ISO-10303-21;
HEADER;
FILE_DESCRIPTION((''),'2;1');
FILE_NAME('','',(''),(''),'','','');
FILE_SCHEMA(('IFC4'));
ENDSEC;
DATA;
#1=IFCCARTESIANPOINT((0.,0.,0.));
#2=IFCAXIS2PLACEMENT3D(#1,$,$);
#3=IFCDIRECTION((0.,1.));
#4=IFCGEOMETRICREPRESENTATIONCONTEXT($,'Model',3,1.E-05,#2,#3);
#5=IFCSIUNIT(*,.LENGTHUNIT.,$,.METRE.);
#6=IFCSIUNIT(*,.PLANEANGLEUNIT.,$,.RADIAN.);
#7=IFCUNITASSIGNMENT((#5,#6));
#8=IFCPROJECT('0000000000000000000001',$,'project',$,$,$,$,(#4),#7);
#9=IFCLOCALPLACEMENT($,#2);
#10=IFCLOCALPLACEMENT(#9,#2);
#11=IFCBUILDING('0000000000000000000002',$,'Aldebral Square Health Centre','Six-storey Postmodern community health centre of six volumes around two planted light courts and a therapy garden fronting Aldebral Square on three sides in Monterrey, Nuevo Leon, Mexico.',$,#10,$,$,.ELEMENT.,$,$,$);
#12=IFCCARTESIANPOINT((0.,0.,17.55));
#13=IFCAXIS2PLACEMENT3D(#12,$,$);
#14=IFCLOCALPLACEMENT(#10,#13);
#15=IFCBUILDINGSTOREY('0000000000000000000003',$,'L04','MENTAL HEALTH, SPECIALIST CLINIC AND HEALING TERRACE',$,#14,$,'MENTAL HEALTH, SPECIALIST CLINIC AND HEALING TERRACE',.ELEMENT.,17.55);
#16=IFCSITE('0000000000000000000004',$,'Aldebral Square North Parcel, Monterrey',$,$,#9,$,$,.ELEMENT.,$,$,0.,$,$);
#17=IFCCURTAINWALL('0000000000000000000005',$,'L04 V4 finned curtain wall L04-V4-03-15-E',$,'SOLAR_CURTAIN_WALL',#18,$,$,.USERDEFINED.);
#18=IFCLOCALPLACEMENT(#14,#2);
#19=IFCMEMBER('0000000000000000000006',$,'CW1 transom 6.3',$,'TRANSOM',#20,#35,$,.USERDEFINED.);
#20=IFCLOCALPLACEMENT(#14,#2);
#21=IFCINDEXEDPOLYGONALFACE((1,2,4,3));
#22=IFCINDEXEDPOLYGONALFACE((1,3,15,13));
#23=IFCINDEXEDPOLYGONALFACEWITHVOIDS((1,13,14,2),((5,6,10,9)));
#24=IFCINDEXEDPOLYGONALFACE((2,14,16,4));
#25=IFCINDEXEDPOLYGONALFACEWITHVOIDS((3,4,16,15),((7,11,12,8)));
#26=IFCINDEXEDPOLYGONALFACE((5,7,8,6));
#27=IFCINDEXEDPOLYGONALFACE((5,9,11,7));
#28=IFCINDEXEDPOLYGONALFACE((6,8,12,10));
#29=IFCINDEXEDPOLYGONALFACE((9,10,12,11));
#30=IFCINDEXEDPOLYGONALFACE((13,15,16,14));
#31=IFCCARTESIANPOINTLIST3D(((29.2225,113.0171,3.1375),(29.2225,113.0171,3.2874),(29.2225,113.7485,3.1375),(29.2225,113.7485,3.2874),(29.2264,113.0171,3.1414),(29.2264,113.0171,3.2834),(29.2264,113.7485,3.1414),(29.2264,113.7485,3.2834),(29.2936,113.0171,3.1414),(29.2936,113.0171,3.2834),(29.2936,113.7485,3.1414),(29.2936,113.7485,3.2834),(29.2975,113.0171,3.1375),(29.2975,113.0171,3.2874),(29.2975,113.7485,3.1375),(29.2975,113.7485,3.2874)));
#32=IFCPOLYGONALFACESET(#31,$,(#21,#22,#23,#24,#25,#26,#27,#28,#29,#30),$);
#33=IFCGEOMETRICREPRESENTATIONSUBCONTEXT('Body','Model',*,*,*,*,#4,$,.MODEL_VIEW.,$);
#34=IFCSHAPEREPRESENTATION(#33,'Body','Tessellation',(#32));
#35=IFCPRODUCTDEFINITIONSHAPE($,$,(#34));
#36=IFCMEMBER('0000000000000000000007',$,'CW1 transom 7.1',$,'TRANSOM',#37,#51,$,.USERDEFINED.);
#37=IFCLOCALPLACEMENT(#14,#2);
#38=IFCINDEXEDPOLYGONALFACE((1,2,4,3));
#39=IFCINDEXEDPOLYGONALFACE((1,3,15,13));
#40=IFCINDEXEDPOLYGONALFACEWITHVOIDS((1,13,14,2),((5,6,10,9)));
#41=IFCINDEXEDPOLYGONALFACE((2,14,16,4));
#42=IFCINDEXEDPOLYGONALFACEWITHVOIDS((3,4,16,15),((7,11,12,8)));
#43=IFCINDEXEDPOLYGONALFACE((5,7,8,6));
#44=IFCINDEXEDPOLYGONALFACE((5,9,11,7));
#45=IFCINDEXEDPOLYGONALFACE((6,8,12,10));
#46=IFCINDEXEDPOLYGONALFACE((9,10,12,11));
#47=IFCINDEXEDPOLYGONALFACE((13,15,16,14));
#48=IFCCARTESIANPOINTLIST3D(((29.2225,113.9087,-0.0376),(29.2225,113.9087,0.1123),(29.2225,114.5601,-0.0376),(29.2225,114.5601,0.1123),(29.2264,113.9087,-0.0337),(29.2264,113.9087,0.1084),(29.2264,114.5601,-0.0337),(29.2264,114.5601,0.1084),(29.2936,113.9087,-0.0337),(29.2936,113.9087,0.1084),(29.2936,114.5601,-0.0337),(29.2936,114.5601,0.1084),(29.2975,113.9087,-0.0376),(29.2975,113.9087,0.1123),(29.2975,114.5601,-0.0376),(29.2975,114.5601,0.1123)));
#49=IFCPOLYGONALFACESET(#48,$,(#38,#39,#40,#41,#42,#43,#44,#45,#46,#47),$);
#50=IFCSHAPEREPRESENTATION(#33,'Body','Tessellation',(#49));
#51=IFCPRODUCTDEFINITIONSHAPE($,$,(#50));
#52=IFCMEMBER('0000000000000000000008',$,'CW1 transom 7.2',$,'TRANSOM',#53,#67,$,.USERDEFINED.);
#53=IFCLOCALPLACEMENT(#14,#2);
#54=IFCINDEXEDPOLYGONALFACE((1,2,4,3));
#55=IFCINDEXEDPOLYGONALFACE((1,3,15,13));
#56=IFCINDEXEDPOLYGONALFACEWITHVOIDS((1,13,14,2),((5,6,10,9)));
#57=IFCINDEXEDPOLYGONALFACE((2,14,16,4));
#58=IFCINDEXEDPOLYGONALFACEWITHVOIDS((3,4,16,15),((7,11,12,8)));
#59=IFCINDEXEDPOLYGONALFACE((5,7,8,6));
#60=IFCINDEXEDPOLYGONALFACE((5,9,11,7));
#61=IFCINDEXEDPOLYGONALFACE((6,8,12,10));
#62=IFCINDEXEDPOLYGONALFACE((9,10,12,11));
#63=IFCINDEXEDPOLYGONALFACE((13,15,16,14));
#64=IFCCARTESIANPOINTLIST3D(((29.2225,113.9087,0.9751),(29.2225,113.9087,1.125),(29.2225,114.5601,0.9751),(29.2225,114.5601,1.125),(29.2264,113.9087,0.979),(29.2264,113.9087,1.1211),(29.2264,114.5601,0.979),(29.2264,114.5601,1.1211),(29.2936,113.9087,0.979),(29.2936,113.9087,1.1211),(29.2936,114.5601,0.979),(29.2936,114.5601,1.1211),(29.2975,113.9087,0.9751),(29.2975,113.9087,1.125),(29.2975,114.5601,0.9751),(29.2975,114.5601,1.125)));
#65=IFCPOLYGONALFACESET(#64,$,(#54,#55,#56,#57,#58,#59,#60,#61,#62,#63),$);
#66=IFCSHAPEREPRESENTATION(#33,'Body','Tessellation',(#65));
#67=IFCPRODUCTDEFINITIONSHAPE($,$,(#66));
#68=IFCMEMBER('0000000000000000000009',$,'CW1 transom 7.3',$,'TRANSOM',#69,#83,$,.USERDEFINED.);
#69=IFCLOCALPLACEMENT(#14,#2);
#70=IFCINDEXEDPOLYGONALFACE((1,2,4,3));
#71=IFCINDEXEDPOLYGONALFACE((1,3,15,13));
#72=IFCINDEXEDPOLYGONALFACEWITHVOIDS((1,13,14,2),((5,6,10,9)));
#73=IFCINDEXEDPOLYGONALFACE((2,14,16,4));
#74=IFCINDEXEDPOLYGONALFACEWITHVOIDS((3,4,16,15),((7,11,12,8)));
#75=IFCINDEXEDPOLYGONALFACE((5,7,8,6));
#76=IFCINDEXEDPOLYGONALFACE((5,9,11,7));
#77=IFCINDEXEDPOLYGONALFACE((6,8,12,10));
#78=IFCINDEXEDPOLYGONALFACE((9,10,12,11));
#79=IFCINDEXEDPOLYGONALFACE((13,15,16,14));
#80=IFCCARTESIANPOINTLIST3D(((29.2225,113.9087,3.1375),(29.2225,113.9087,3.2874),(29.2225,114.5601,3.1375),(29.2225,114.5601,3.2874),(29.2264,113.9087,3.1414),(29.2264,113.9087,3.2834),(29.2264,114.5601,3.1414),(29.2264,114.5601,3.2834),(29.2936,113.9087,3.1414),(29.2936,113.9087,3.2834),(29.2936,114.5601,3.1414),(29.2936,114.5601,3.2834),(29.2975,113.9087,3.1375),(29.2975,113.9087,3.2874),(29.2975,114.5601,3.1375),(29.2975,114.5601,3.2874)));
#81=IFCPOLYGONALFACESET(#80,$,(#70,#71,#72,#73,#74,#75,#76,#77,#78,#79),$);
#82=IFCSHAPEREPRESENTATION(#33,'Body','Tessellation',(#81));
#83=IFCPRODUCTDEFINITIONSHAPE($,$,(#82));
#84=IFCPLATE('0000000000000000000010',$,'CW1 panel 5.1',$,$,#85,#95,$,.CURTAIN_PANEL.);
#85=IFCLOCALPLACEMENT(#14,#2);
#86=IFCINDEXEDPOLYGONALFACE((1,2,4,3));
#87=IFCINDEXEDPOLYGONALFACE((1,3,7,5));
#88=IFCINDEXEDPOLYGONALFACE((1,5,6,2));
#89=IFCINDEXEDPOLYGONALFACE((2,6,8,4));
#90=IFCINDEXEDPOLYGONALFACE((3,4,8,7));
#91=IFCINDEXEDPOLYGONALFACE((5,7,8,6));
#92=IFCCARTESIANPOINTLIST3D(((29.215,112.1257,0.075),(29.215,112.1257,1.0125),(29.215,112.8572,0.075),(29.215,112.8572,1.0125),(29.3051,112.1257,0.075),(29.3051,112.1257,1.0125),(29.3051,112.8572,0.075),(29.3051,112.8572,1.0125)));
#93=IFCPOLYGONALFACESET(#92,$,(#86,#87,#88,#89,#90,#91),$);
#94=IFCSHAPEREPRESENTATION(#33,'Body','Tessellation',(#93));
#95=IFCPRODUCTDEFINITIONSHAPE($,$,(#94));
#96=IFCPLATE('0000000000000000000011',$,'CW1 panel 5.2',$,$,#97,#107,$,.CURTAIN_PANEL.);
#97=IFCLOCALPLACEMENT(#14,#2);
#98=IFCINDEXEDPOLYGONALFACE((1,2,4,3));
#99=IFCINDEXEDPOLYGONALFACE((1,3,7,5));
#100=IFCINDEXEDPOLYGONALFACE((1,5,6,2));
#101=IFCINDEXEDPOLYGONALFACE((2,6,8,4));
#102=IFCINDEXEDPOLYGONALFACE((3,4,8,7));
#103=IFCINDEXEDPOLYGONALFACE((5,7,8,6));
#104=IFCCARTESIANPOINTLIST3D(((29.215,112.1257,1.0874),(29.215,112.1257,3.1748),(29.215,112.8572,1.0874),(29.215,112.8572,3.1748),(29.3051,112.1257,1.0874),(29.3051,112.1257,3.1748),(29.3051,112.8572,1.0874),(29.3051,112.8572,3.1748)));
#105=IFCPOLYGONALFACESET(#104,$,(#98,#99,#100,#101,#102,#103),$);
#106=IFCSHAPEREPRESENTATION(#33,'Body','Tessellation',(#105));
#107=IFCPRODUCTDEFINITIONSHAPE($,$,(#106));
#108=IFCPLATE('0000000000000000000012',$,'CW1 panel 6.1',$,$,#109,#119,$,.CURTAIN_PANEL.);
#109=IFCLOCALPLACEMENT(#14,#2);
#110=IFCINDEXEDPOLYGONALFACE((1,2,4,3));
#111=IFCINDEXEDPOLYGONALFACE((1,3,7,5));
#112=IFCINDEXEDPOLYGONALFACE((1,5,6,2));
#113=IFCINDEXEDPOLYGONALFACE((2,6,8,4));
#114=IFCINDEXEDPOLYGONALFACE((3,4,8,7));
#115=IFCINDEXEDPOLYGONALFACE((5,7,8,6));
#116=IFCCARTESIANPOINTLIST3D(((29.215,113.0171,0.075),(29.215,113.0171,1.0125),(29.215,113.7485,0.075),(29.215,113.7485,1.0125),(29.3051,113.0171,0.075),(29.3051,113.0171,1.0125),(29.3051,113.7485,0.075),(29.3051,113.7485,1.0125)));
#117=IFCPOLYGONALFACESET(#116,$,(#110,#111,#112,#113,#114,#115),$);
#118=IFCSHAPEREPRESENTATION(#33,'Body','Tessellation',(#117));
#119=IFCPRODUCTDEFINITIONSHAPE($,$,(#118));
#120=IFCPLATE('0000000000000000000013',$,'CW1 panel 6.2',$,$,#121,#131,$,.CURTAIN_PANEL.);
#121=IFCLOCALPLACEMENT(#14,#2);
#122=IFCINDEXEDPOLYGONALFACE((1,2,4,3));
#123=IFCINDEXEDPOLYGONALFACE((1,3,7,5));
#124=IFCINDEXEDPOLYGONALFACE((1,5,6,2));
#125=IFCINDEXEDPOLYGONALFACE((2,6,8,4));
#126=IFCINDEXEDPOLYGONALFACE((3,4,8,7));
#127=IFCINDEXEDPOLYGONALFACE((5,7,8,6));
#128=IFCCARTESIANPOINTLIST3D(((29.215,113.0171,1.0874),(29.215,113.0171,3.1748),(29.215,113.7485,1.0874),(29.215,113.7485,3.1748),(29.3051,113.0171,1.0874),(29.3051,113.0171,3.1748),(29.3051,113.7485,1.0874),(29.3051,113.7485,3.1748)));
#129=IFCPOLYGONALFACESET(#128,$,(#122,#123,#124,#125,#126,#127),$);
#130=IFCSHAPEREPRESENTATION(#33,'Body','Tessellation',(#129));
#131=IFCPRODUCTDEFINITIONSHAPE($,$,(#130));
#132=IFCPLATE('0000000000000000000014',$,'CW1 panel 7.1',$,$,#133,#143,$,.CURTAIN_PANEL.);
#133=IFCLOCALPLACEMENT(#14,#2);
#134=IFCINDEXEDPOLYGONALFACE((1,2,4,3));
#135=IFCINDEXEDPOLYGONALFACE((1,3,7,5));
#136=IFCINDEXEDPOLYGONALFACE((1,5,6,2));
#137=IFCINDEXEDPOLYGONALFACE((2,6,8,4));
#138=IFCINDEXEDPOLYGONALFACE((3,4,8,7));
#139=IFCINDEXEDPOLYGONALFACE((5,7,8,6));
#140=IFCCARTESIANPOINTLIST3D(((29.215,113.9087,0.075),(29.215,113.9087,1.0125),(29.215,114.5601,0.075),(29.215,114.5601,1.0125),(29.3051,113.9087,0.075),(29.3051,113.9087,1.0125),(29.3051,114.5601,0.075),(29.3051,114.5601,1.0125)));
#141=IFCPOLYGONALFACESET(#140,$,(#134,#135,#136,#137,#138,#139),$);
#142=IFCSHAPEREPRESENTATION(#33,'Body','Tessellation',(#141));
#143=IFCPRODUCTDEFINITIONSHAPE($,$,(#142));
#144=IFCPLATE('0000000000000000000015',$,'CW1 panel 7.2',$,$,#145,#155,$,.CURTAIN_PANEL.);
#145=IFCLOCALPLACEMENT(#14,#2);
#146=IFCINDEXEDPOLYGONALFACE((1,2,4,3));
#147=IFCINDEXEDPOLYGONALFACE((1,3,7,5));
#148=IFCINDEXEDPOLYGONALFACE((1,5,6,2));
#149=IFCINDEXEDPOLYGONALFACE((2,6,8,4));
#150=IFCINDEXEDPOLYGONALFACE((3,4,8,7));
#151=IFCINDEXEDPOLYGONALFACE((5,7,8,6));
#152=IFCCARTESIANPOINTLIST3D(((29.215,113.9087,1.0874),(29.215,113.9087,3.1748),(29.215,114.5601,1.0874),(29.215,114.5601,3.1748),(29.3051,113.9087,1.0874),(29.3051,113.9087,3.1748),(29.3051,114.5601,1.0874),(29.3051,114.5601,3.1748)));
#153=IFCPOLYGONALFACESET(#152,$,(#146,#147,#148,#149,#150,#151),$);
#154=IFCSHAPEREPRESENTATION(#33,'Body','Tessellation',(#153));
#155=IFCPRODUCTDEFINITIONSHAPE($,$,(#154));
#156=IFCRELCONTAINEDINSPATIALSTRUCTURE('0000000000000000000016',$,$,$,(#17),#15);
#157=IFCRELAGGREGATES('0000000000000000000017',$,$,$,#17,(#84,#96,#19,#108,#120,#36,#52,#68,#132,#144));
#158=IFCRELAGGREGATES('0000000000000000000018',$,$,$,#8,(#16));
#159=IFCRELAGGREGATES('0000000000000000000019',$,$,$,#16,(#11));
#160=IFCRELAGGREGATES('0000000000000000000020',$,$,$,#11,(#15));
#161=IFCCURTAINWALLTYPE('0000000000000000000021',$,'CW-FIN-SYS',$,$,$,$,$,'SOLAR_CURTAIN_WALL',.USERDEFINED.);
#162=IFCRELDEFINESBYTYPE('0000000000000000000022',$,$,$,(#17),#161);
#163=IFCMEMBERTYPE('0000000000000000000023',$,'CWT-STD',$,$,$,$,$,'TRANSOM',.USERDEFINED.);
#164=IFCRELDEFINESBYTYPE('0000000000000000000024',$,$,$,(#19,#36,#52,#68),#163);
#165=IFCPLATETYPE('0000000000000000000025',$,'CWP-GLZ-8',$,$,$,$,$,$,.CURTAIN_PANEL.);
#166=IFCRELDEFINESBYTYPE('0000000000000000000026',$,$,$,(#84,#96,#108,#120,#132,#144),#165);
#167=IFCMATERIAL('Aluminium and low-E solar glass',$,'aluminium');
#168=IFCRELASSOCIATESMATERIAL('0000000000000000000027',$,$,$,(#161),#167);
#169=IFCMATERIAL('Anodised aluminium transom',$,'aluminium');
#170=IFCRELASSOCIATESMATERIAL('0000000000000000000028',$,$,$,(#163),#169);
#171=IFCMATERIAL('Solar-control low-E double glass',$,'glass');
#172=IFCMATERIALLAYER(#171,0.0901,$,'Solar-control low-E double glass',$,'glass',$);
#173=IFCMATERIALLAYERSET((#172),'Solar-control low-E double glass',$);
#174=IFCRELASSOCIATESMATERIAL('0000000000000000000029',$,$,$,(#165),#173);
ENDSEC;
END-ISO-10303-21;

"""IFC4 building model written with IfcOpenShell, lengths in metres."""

from ifc_helpers import new_model, si_unit, direction, frame, origin, origin_2d, place, context, subcontext, project, spatial, rectangle, hollow_rectangle, extrude, material, layer, layer_set, material_profile, profile_set, type_object, element, aggregate, save


model = new_model("IFC4")

# Units and contexts
model_context = context("Model", 3, precision=1e-05, world=origin(), true_north=direction((0.0, 1.0)))
body_context = subcontext(model_context, "Body", "Model", "MODEL_VIEW")
ifc_project = project(units=[si_unit("LENGTHUNIT", "METRE"), si_unit("PLANEANGLEUNIT", "RADIAN")], contexts=[model_context])

# Site, building, storey
site_placement = place(None, origin())
site = spatial("IfcSite", under=ifc_project, at=site_placement, Name="Aldebral Square North Parcel, Monterrey", CompositionType="ELEMENT", RefElevation=0.0)
building_placement = place(site_placement, origin())
building = spatial("IfcBuilding", under=site, at=building_placement, Name="Aldebral Square Health Centre", Description="Six-storey Postmodern community health centre of six volumes around two planted light courts and a therapy garden fronting Aldebral Square on three sides in Monterrey, Nuevo Leon, Mexico.", CompositionType="ELEMENT")
storey_placement = place(building_placement, frame((0.0, 0.0, 17.55)))
storey = spatial("IfcBuildingStorey", under=building, at=storey_placement, Name="L04", Description="MENTAL HEALTH, SPECIALIST CLINIC AND HEALING TERRACE", LongName="MENTAL HEALTH, SPECIALIST CLINIC AND HEALING TERRACE", CompositionType="ELEMENT", Elevation=17.55)

# Shared definitions
ifc_material_1 = material(Name="Aluminium and low-E solar glass", Category="aluminium")
curtain_wall_type = type_object("IfcCurtainWallType", Name="CW-FIN-SYS", ElementType="SOLAR_CURTAIN_WALL", PredefinedType="USERDEFINED", material=ifc_material_1)

# Curtain wall, members, plates
curtain_wall_1_placement = place(storey_placement, origin())
curtain_wall_1 = element("IfcCurtainWall", 1, at=curtain_wall_1_placement, inside=storey, type_object=curtain_wall_type, Name="L04 V4 finned curtain wall L04-V4-03-15-E", ObjectType="SOLAR_CURTAIN_WALL", PredefinedType="USERDEFINED")
ifc_material_2 = material(Name="Anodised aluminium transom", Category="aluminium")
ifc_material_profile_1 = material_profile(ifc_material_2, hollow_rectangle(XDim=0.075, YDim=0.1499, WallThickness=0.0039, at=origin_2d()), Name="CWT 75x150x4")
ifc_profile_set_1 = profile_set([ifc_material_profile_1], Name="Anodised aluminium transom")
member_type_1 = type_object("IfcMemberType", Name="CWT-STD", ElementType="TRANSOM", PredefinedType="USERDEFINED", material=ifc_profile_set_1)
member_1_placement = place(storey_placement, frame((29.26, 113.0171, 3.2124), z_axis=(0.0, 1.0, 0.0), x_axis=(-1.0, 0.0, 0.0)))
member_1 = element("IfcMember", 2, at=member_1_placement, type_object=member_type_1, Name="CW1 transom 6.3", ObjectType="TRANSOM", PredefinedType="USERDEFINED", context=body_context, shape_type="SweptSolid", body=[
    extrude(hollow_rectangle(XDim=0.075, YDim=0.1499, WallThickness=0.0039, at=origin_2d()), origin(), (0.0, 0.0, 1.0), 0.7314),
])
member_2_placement = place(storey_placement, frame((29.26, 113.9087, 0.0374), z_axis=(0.0, 1.0, 0.0), x_axis=(-1.0, 0.0, 0.0)))
member_2 = element("IfcMember", 3, at=member_2_placement, type_object=member_type_1, Name="CW1 transom 7.1", ObjectType="TRANSOM", PredefinedType="USERDEFINED", context=body_context, shape_type="SweptSolid", body=[
    extrude(hollow_rectangle(XDim=0.075, YDim=0.1499, WallThickness=0.0039, at=origin_2d()), origin(), (0.0, 0.0, 1.0), 0.6514),
])
member_3_placement = place(storey_placement, frame((29.26, 113.9087, 1.05), z_axis=(0.0, 1.0, 0.0), x_axis=(-1.0, 0.0, 0.0)))
member_3 = element("IfcMember", 4, at=member_3_placement, type_object=member_type_1, Name="CW1 transom 7.2", ObjectType="TRANSOM", PredefinedType="USERDEFINED", context=body_context, shape_type="SweptSolid", body=[
    extrude(hollow_rectangle(XDim=0.075, YDim=0.1499, WallThickness=0.0039, at=origin_2d()), origin(), (0.0, 0.0, 1.0), 0.6514),
])
member_4_placement = place(storey_placement, frame((29.26, 113.9087, 3.2124), z_axis=(0.0, 1.0, 0.0), x_axis=(-1.0, 0.0, 0.0)))
member_4 = element("IfcMember", 5, at=member_4_placement, type_object=member_type_1, Name="CW1 transom 7.3", ObjectType="TRANSOM", PredefinedType="USERDEFINED", context=body_context, shape_type="SweptSolid", body=[
    extrude(hollow_rectangle(XDim=0.075, YDim=0.1499, WallThickness=0.0039, at=origin_2d()), origin(), (0.0, 0.0, 1.0), 0.6514),
])
ifc_material_3 = material(Name="Solar-control low-E double glass", Category="glass")
ifc_layer = layer(ifc_material_3, 0.0901, Name="Solar-control low-E double glass", Category="glass")
ifc_layer_set = layer_set([ifc_layer], Name="Solar-control low-E double glass")
plate_type = type_object("IfcPlateType", Name="CWP-GLZ-8", PredefinedType="CURTAIN_PANEL", material=ifc_layer_set)
plate_1_placement = place(storey_placement, frame((29.26, 112.4915, 0.075), z_axis=(0.0, 0.0, 1.0), x_axis=(0.0, 1.0, 0.0)))
plate_1 = element("IfcPlate", 6, at=plate_1_placement, type_object=plate_type, Name="CW1 panel 5.1", PredefinedType="CURTAIN_PANEL", context=body_context, shape_type="SweptSolid", body=[
    extrude(rectangle(XDim=0.7314, YDim=0.0901, at=origin_2d()), origin(), (0.0, 0.0, 1.0), 0.9375),
])
plate_2_placement = place(storey_placement, frame((29.26, 112.4915, 1.0874), z_axis=(0.0, 0.0, 1.0), x_axis=(0.0, 1.0, 0.0)))
plate_2 = element("IfcPlate", 7, at=plate_2_placement, type_object=plate_type, Name="CW1 panel 5.2", PredefinedType="CURTAIN_PANEL", context=body_context, shape_type="SweptSolid", body=[
    extrude(rectangle(XDim=0.7314, YDim=0.0901, at=origin_2d()), origin(), (0.0, 0.0, 1.0), 2.0874),
])
plate_3_placement = place(storey_placement, frame((29.26, 113.3828, 0.075), z_axis=(0.0, 0.0, 1.0), x_axis=(0.0, 1.0, 0.0)))
plate_3 = element("IfcPlate", 8, at=plate_3_placement, type_object=plate_type, Name="CW1 panel 6.1", PredefinedType="CURTAIN_PANEL", context=body_context, shape_type="SweptSolid", body=[
    extrude(rectangle(XDim=0.7314, YDim=0.0901, at=origin_2d()), origin(), (0.0, 0.0, 1.0), 0.9375),
])
plate_4_placement = place(storey_placement, frame((29.26, 113.3828, 1.0874), z_axis=(0.0, 0.0, 1.0), x_axis=(0.0, 1.0, 0.0)))
plate_4 = element("IfcPlate", 9, at=plate_4_placement, type_object=plate_type, Name="CW1 panel 6.2", PredefinedType="CURTAIN_PANEL", context=body_context, shape_type="SweptSolid", body=[
    extrude(rectangle(XDim=0.7314, YDim=0.0901, at=origin_2d()), origin(), (0.0, 0.0, 1.0), 2.0874),
])
plate_5_placement = place(storey_placement, frame((29.26, 114.2344, 0.075), z_axis=(0.0, 0.0, 1.0), x_axis=(0.0, 1.0, 0.0)))
plate_5 = element("IfcPlate", 10, at=plate_5_placement, type_object=plate_type, Name="CW1 panel 7.1", PredefinedType="CURTAIN_PANEL", context=body_context, shape_type="SweptSolid", body=[
    extrude(rectangle(XDim=0.6514, YDim=0.0901, at=origin_2d()), origin(), (0.0, 0.0, 1.0), 0.9375),
])
plate_6_placement = place(storey_placement, frame((29.26, 114.2344, 1.0874), z_axis=(0.0, 0.0, 1.0), x_axis=(0.0, 1.0, 0.0)))
plate_6 = element("IfcPlate", 11, at=plate_6_placement, type_object=plate_type, Name="CW1 panel 7.2", PredefinedType="CURTAIN_PANEL", context=body_context, shape_type="SweptSolid", body=[
    extrude(rectangle(XDim=0.6514, YDim=0.0901, at=origin_2d()), origin(), (0.0, 0.0, 1.0), 2.0874),
])
aggregate(curtain_wall_1, [plate_1, plate_2, member_1, plate_3, plate_4, member_2, member_3, member_4, plate_5, plate_6])

save(model, "model.ifc")
